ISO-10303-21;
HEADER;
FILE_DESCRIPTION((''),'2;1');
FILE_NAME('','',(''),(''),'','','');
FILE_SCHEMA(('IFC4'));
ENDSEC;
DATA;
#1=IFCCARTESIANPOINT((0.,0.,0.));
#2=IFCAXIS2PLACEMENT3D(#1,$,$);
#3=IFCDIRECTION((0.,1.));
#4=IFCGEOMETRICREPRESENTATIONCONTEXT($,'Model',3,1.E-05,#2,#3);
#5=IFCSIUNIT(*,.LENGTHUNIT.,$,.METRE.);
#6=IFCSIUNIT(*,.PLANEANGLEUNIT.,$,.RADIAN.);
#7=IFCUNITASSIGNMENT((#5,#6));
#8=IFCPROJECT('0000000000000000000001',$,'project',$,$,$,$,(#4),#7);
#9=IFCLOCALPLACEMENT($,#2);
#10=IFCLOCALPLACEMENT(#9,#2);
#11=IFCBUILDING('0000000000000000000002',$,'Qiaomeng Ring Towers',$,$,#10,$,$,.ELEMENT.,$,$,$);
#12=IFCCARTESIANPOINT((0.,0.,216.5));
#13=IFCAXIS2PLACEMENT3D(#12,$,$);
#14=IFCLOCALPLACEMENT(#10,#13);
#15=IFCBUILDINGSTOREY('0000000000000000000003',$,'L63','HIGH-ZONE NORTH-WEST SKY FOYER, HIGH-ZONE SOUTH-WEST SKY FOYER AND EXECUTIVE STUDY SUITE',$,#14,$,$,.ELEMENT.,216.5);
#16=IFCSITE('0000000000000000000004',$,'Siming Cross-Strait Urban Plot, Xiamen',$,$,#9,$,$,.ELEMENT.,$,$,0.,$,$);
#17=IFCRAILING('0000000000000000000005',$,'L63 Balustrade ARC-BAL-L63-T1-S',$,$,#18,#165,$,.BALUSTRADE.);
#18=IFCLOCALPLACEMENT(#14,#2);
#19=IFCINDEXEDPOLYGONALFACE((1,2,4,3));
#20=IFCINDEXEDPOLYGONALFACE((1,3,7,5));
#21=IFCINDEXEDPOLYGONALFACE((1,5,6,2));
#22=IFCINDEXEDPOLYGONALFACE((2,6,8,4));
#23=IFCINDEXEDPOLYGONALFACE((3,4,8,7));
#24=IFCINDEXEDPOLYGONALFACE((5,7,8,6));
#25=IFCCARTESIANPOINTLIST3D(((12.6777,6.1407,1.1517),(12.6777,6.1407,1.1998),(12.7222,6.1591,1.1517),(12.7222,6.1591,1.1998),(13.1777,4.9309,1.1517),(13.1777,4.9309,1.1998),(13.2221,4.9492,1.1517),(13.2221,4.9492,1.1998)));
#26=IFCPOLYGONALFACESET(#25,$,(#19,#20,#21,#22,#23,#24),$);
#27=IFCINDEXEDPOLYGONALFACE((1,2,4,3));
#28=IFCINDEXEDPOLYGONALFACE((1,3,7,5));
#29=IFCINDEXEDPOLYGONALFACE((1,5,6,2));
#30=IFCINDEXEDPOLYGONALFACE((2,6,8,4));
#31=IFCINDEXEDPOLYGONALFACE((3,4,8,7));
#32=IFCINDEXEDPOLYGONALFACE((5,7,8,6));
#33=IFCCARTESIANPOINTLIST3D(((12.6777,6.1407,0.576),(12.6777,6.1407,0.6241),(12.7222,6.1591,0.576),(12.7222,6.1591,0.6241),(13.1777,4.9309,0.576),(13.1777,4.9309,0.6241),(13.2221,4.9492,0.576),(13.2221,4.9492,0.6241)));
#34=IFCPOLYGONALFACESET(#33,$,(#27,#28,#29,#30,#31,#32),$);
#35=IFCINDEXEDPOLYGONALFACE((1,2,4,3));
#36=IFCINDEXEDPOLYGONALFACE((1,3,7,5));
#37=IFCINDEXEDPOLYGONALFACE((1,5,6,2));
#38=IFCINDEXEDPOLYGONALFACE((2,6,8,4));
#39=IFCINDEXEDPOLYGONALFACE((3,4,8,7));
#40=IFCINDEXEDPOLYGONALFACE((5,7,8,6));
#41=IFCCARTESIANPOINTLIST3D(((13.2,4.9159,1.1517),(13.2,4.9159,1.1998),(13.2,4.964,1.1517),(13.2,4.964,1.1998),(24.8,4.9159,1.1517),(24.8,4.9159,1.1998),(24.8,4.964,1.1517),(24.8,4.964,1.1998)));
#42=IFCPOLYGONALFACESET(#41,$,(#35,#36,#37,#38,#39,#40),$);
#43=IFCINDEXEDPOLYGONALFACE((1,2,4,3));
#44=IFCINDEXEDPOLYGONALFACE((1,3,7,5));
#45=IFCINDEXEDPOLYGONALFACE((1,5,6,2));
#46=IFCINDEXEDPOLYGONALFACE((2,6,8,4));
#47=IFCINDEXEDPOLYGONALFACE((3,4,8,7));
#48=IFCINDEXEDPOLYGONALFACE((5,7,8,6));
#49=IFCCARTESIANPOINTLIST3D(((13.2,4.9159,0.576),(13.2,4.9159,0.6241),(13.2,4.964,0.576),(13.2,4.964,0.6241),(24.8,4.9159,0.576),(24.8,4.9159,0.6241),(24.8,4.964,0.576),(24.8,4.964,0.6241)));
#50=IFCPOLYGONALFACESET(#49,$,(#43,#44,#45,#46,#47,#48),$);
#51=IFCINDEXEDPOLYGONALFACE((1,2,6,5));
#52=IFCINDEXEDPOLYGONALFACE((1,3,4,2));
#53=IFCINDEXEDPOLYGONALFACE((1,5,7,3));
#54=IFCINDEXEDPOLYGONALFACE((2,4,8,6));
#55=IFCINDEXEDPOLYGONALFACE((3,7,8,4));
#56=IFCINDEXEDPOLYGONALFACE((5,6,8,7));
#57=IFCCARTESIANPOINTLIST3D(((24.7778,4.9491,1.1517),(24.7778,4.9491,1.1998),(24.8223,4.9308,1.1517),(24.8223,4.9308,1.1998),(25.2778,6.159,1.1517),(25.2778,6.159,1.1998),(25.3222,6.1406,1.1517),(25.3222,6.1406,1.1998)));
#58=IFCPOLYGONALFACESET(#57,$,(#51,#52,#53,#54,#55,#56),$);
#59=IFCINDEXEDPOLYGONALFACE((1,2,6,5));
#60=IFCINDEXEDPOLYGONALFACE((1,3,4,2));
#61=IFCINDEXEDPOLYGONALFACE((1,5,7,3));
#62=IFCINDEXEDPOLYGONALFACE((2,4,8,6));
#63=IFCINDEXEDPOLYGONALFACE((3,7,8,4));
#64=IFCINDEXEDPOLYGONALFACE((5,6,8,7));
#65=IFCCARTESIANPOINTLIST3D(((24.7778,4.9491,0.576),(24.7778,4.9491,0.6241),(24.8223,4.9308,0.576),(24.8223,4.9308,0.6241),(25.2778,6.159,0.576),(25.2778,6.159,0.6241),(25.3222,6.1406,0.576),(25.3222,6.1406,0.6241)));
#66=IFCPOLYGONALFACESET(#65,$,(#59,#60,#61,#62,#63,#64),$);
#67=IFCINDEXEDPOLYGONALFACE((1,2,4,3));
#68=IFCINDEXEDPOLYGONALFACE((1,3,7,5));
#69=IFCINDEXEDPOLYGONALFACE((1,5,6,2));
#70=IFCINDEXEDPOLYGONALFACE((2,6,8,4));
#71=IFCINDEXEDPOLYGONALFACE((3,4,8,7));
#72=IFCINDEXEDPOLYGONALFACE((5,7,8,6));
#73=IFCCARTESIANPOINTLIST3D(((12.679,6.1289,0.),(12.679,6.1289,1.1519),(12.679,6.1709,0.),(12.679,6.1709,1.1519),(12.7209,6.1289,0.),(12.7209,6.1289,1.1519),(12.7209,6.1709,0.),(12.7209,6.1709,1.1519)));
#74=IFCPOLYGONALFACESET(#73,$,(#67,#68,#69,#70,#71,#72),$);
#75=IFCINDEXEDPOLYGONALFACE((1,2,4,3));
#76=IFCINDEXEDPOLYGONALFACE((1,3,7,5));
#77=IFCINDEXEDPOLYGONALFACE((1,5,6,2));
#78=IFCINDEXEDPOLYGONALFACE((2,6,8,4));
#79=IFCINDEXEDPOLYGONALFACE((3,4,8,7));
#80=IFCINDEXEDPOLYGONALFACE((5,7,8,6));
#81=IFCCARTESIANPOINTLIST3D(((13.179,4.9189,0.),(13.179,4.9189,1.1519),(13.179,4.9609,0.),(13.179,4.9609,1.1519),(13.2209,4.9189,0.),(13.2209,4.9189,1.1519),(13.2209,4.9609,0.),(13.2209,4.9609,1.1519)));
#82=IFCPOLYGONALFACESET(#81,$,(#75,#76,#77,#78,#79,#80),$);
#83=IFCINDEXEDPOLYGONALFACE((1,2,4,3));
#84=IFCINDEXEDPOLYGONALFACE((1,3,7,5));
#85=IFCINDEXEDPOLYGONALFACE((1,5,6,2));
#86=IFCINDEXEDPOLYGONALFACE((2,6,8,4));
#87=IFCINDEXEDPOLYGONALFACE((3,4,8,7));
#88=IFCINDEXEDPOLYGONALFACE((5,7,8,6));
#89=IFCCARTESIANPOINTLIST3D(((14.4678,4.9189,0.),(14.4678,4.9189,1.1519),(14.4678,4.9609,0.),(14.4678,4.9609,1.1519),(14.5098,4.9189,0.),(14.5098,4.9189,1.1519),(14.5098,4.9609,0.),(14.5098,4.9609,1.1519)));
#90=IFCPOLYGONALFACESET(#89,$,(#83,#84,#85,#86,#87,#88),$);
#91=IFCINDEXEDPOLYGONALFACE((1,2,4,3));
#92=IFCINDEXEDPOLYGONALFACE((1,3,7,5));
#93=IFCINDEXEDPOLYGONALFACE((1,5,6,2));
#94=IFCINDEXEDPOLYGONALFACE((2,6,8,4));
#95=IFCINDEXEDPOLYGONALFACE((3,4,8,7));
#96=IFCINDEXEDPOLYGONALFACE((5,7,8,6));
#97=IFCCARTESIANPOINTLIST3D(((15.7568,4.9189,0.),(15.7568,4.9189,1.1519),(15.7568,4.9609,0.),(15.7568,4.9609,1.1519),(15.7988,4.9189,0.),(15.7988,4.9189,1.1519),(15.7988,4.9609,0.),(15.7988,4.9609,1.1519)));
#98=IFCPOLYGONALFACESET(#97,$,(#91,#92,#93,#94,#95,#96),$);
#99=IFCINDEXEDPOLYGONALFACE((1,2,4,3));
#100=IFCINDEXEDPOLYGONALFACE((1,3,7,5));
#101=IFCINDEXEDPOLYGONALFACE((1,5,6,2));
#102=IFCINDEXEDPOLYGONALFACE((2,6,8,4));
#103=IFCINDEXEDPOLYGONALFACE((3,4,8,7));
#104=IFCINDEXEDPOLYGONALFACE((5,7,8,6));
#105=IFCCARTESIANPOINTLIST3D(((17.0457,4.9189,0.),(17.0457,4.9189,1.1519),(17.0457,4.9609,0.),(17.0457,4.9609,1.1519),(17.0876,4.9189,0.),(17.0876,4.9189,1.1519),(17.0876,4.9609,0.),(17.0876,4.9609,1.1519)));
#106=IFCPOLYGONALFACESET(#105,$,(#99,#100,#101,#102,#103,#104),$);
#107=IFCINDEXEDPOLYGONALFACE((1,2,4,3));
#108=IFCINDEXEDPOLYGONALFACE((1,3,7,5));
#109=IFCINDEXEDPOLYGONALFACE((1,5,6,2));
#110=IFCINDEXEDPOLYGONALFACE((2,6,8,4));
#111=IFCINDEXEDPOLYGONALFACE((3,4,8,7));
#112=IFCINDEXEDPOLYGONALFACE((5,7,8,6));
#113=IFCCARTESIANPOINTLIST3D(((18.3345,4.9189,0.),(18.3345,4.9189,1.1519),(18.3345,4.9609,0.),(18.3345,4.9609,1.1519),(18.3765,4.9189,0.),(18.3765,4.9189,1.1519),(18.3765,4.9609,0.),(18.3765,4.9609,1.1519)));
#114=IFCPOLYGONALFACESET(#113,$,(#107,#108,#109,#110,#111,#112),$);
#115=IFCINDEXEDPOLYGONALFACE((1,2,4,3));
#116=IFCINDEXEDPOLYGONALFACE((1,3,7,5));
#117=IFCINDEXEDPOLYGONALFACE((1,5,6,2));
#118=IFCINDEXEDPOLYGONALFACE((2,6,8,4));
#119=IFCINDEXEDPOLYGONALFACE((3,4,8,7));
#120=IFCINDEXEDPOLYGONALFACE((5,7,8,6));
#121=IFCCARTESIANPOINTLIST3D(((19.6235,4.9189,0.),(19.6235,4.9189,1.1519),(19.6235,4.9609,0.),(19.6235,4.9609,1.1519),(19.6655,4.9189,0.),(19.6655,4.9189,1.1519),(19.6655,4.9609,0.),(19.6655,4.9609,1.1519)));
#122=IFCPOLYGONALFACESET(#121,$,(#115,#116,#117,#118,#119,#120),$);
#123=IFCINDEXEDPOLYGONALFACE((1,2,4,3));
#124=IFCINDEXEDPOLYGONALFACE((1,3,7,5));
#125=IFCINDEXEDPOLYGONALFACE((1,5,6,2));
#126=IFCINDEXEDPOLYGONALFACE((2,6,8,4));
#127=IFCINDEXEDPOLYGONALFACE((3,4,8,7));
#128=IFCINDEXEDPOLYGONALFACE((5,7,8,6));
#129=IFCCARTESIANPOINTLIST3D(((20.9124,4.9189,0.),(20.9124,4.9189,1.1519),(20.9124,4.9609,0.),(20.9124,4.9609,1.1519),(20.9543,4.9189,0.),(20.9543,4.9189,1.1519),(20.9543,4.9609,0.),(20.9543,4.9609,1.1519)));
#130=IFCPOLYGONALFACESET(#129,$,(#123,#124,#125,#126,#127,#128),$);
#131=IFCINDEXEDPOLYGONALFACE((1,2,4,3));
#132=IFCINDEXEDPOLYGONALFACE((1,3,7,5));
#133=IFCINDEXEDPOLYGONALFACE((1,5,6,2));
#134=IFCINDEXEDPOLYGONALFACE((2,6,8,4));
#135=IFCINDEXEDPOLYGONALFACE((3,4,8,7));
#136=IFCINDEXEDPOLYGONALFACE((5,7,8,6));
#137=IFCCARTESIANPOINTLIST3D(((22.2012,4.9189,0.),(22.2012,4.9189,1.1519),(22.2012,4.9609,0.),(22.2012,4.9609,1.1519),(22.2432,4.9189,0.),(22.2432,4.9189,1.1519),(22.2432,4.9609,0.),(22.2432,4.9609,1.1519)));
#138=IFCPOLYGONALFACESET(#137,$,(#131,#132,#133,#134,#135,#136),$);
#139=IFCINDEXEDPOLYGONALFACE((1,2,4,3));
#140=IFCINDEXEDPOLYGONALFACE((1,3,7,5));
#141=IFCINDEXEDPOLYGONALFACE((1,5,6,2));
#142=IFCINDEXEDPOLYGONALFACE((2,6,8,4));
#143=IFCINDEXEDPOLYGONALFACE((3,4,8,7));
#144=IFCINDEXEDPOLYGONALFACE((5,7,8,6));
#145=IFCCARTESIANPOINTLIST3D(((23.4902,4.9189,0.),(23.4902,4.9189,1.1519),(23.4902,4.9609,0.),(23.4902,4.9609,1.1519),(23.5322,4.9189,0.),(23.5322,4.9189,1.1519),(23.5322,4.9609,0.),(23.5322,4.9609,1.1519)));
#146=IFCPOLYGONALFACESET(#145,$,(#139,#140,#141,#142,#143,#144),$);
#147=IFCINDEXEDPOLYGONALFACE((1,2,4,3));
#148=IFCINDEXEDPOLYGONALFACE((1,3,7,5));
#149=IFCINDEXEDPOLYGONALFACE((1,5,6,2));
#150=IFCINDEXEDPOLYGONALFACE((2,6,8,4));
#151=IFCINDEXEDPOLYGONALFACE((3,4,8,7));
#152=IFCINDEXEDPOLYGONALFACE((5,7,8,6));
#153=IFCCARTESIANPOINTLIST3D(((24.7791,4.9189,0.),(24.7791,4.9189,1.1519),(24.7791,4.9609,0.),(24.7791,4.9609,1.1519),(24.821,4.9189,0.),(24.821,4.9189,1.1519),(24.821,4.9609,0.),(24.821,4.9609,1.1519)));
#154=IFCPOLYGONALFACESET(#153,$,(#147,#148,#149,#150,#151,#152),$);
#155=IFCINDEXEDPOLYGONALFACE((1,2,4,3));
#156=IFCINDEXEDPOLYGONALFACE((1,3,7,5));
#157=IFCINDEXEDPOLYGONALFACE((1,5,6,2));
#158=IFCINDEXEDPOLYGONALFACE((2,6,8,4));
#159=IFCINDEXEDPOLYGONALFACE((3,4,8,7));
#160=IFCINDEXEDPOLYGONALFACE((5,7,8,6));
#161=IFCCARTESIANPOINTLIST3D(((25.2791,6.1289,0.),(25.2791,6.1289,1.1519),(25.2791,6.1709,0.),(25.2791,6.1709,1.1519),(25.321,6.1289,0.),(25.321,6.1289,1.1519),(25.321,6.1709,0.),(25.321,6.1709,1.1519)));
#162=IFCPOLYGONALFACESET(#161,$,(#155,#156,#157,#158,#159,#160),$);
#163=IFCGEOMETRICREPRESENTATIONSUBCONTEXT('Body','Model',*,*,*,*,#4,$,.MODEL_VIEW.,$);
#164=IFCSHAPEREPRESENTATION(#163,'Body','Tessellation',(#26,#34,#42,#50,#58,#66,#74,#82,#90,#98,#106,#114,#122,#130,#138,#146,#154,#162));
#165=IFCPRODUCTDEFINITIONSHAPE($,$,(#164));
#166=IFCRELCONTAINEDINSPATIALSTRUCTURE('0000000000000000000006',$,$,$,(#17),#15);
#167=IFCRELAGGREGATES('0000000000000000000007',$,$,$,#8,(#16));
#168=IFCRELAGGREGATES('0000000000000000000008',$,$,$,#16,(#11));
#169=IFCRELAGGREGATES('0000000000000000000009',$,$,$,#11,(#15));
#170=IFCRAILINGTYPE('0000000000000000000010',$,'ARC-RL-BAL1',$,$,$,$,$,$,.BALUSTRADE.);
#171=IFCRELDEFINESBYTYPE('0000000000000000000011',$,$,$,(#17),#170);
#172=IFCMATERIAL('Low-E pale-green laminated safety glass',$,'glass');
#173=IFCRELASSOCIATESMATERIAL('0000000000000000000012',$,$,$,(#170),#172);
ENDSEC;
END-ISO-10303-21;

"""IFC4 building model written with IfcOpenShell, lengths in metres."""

from ifc_helpers import new_model, si_unit, direction, frame, origin, origin_2d, place, context, subcontext, project, spatial, rectangle, extrude, material, type_object, element, save


model = new_model("IFC4")

# Units and contexts
model_context = context("Model", 3, precision=1e-05, world=origin(), true_north=direction((0.0, 1.0)))
body_context = subcontext(model_context, "Body", "Model", "MODEL_VIEW")
ifc_project = project(units=[si_unit("LENGTHUNIT", "METRE"), si_unit("PLANEANGLEUNIT", "RADIAN")], contexts=[model_context])

# Site, building, storey
site_placement = place(None, origin())
site = spatial("IfcSite", under=ifc_project, at=site_placement, Name="Siming Cross-Strait Urban Plot, Xiamen", CompositionType="ELEMENT", RefElevation=0.0)
building_placement = place(site_placement, origin())
building = spatial("IfcBuilding", under=site, at=building_placement, Name="Qiaomeng Ring Towers", CompositionType="ELEMENT")
storey_placement = place(building_placement, frame((0.0, 0.0, 216.5)))
storey = spatial("IfcBuildingStorey", under=building, at=storey_placement, Name="L63", Description="HIGH-ZONE NORTH-WEST SKY FOYER, HIGH-ZONE SOUTH-WEST SKY FOYER AND EXECUTIVE STUDY SUITE", CompositionType="ELEMENT", Elevation=216.5)

# Railing
ifc_material_1 = material(Name="Low-E pale-green laminated safety glass", Category="glass")
railing_type = type_object("IfcRailingType", Name="ARC-RL-BAL1", PredefinedType="BALUSTRADE", material=ifc_material_1)
railing_placement = place(storey_placement, frame((12.7, 6.1499, 0.0)))
element("IfcRailing", 1, at=railing_placement, inside=storey, type_object=railing_type, Name="L63 Balustrade ARC-BAL-L63-T1-S", PredefinedType="BALUSTRADE", context=body_context, shape_type="SweptSolid", body=[
    extrude(rectangle(XDim=0.0481, YDim=0.0481, at=origin_2d()), frame((0.0, 0.0, 1.1758), z_axis=(0.381913, -0.924198, 0.0), x_axis=(0.924198, 0.381913, 0.0)), (0.0, 0.0, 1.0), 1.3091),
    extrude(rectangle(XDim=0.0481, YDim=0.0481, at=origin_2d()), frame((0.0, 0.0, 0.6001), z_axis=(0.381913, -0.924198, 0.0), x_axis=(0.924198, 0.381913, 0.0)), (0.0, 0.0, 1.0), 1.3091),
    extrude(rectangle(XDim=0.0481, YDim=0.0481, at=origin_2d()), frame((0.5, -1.21, 1.1758), z_axis=(1.0, 0.0, 0.0), x_axis=(0.0, 1.0, 0.0)), (0.0, 0.0, 1.0), 11.6001),
    extrude(rectangle(XDim=0.0481, YDim=0.0481, at=origin_2d()), frame((0.5, -1.21, 0.6001), z_axis=(1.0, 0.0, 0.0), x_axis=(0.0, 1.0, 0.0)), (0.0, 0.0, 1.0), 11.6001),
    extrude(rectangle(XDim=0.0481, YDim=0.0481, at=origin_2d()), frame((12.1001, -1.21, 1.1758), z_axis=(0.381913, 0.924198, 0.0), x_axis=(-0.924198, 0.381913, 0.0)), (0.0, 0.0, 1.0), 1.3091),
    extrude(rectangle(XDim=0.0481, YDim=0.0481, at=origin_2d()), frame((12.1001, -1.21, 0.6001), z_axis=(0.381913, 0.924198, 0.0), x_axis=(-0.924198, 0.381913, 0.0)), (0.0, 0.0, 1.0), 1.3091),
    extrude(rectangle(XDim=0.042, YDim=0.042, at=origin_2d()), origin(), (0.0, 0.0, 1.0), 1.1519),
    extrude(rectangle(XDim=0.042, YDim=0.042, at=origin_2d()), frame((0.5, -1.21, 0.0)), (0.0, 0.0, 1.0), 1.1519),
    extrude(rectangle(XDim=0.042, YDim=0.042, at=origin_2d()), frame((1.7888, -1.21, 0.0)), (0.0, 0.0, 1.0), 1.1519),
    extrude(rectangle(XDim=0.042, YDim=0.042, at=origin_2d()), frame((3.0779, -1.21, 0.0)), (0.0, 0.0, 1.0), 1.1519),
    extrude(rectangle(XDim=0.042, YDim=0.042, at=origin_2d()), frame((4.3667, -1.21, 0.0)), (0.0, 0.0, 1.0), 1.1519),
    extrude(rectangle(XDim=0.042, YDim=0.042, at=origin_2d()), frame((5.6555, -1.21, 0.0)), (0.0, 0.0, 1.0), 1.1519),
    extrude(rectangle(XDim=0.042, YDim=0.042, at=origin_2d()), frame((6.9446, -1.21, 0.0)), (0.0, 0.0, 1.0), 1.1519),
    extrude(rectangle(XDim=0.042, YDim=0.042, at=origin_2d()), frame((8.2334, -1.21, 0.0)), (0.0, 0.0, 1.0), 1.1519),
    extrude(rectangle(XDim=0.042, YDim=0.042, at=origin_2d()), frame((9.5222, -1.21, 0.0)), (0.0, 0.0, 1.0), 1.1519),
    extrude(rectangle(XDim=0.042, YDim=0.042, at=origin_2d()), frame((10.8113, -1.21, 0.0)), (0.0, 0.0, 1.0), 1.1519),
    extrude(rectangle(XDim=0.042, YDim=0.042, at=origin_2d()), frame((12.1001, -1.21, 0.0)), (0.0, 0.0, 1.0), 1.1519),
    extrude(rectangle(XDim=0.042, YDim=0.042, at=origin_2d()), frame((12.6001, 0.0, 0.0)), (0.0, 0.0, 1.0), 1.1519),
])

save(model, "model.ifc")
